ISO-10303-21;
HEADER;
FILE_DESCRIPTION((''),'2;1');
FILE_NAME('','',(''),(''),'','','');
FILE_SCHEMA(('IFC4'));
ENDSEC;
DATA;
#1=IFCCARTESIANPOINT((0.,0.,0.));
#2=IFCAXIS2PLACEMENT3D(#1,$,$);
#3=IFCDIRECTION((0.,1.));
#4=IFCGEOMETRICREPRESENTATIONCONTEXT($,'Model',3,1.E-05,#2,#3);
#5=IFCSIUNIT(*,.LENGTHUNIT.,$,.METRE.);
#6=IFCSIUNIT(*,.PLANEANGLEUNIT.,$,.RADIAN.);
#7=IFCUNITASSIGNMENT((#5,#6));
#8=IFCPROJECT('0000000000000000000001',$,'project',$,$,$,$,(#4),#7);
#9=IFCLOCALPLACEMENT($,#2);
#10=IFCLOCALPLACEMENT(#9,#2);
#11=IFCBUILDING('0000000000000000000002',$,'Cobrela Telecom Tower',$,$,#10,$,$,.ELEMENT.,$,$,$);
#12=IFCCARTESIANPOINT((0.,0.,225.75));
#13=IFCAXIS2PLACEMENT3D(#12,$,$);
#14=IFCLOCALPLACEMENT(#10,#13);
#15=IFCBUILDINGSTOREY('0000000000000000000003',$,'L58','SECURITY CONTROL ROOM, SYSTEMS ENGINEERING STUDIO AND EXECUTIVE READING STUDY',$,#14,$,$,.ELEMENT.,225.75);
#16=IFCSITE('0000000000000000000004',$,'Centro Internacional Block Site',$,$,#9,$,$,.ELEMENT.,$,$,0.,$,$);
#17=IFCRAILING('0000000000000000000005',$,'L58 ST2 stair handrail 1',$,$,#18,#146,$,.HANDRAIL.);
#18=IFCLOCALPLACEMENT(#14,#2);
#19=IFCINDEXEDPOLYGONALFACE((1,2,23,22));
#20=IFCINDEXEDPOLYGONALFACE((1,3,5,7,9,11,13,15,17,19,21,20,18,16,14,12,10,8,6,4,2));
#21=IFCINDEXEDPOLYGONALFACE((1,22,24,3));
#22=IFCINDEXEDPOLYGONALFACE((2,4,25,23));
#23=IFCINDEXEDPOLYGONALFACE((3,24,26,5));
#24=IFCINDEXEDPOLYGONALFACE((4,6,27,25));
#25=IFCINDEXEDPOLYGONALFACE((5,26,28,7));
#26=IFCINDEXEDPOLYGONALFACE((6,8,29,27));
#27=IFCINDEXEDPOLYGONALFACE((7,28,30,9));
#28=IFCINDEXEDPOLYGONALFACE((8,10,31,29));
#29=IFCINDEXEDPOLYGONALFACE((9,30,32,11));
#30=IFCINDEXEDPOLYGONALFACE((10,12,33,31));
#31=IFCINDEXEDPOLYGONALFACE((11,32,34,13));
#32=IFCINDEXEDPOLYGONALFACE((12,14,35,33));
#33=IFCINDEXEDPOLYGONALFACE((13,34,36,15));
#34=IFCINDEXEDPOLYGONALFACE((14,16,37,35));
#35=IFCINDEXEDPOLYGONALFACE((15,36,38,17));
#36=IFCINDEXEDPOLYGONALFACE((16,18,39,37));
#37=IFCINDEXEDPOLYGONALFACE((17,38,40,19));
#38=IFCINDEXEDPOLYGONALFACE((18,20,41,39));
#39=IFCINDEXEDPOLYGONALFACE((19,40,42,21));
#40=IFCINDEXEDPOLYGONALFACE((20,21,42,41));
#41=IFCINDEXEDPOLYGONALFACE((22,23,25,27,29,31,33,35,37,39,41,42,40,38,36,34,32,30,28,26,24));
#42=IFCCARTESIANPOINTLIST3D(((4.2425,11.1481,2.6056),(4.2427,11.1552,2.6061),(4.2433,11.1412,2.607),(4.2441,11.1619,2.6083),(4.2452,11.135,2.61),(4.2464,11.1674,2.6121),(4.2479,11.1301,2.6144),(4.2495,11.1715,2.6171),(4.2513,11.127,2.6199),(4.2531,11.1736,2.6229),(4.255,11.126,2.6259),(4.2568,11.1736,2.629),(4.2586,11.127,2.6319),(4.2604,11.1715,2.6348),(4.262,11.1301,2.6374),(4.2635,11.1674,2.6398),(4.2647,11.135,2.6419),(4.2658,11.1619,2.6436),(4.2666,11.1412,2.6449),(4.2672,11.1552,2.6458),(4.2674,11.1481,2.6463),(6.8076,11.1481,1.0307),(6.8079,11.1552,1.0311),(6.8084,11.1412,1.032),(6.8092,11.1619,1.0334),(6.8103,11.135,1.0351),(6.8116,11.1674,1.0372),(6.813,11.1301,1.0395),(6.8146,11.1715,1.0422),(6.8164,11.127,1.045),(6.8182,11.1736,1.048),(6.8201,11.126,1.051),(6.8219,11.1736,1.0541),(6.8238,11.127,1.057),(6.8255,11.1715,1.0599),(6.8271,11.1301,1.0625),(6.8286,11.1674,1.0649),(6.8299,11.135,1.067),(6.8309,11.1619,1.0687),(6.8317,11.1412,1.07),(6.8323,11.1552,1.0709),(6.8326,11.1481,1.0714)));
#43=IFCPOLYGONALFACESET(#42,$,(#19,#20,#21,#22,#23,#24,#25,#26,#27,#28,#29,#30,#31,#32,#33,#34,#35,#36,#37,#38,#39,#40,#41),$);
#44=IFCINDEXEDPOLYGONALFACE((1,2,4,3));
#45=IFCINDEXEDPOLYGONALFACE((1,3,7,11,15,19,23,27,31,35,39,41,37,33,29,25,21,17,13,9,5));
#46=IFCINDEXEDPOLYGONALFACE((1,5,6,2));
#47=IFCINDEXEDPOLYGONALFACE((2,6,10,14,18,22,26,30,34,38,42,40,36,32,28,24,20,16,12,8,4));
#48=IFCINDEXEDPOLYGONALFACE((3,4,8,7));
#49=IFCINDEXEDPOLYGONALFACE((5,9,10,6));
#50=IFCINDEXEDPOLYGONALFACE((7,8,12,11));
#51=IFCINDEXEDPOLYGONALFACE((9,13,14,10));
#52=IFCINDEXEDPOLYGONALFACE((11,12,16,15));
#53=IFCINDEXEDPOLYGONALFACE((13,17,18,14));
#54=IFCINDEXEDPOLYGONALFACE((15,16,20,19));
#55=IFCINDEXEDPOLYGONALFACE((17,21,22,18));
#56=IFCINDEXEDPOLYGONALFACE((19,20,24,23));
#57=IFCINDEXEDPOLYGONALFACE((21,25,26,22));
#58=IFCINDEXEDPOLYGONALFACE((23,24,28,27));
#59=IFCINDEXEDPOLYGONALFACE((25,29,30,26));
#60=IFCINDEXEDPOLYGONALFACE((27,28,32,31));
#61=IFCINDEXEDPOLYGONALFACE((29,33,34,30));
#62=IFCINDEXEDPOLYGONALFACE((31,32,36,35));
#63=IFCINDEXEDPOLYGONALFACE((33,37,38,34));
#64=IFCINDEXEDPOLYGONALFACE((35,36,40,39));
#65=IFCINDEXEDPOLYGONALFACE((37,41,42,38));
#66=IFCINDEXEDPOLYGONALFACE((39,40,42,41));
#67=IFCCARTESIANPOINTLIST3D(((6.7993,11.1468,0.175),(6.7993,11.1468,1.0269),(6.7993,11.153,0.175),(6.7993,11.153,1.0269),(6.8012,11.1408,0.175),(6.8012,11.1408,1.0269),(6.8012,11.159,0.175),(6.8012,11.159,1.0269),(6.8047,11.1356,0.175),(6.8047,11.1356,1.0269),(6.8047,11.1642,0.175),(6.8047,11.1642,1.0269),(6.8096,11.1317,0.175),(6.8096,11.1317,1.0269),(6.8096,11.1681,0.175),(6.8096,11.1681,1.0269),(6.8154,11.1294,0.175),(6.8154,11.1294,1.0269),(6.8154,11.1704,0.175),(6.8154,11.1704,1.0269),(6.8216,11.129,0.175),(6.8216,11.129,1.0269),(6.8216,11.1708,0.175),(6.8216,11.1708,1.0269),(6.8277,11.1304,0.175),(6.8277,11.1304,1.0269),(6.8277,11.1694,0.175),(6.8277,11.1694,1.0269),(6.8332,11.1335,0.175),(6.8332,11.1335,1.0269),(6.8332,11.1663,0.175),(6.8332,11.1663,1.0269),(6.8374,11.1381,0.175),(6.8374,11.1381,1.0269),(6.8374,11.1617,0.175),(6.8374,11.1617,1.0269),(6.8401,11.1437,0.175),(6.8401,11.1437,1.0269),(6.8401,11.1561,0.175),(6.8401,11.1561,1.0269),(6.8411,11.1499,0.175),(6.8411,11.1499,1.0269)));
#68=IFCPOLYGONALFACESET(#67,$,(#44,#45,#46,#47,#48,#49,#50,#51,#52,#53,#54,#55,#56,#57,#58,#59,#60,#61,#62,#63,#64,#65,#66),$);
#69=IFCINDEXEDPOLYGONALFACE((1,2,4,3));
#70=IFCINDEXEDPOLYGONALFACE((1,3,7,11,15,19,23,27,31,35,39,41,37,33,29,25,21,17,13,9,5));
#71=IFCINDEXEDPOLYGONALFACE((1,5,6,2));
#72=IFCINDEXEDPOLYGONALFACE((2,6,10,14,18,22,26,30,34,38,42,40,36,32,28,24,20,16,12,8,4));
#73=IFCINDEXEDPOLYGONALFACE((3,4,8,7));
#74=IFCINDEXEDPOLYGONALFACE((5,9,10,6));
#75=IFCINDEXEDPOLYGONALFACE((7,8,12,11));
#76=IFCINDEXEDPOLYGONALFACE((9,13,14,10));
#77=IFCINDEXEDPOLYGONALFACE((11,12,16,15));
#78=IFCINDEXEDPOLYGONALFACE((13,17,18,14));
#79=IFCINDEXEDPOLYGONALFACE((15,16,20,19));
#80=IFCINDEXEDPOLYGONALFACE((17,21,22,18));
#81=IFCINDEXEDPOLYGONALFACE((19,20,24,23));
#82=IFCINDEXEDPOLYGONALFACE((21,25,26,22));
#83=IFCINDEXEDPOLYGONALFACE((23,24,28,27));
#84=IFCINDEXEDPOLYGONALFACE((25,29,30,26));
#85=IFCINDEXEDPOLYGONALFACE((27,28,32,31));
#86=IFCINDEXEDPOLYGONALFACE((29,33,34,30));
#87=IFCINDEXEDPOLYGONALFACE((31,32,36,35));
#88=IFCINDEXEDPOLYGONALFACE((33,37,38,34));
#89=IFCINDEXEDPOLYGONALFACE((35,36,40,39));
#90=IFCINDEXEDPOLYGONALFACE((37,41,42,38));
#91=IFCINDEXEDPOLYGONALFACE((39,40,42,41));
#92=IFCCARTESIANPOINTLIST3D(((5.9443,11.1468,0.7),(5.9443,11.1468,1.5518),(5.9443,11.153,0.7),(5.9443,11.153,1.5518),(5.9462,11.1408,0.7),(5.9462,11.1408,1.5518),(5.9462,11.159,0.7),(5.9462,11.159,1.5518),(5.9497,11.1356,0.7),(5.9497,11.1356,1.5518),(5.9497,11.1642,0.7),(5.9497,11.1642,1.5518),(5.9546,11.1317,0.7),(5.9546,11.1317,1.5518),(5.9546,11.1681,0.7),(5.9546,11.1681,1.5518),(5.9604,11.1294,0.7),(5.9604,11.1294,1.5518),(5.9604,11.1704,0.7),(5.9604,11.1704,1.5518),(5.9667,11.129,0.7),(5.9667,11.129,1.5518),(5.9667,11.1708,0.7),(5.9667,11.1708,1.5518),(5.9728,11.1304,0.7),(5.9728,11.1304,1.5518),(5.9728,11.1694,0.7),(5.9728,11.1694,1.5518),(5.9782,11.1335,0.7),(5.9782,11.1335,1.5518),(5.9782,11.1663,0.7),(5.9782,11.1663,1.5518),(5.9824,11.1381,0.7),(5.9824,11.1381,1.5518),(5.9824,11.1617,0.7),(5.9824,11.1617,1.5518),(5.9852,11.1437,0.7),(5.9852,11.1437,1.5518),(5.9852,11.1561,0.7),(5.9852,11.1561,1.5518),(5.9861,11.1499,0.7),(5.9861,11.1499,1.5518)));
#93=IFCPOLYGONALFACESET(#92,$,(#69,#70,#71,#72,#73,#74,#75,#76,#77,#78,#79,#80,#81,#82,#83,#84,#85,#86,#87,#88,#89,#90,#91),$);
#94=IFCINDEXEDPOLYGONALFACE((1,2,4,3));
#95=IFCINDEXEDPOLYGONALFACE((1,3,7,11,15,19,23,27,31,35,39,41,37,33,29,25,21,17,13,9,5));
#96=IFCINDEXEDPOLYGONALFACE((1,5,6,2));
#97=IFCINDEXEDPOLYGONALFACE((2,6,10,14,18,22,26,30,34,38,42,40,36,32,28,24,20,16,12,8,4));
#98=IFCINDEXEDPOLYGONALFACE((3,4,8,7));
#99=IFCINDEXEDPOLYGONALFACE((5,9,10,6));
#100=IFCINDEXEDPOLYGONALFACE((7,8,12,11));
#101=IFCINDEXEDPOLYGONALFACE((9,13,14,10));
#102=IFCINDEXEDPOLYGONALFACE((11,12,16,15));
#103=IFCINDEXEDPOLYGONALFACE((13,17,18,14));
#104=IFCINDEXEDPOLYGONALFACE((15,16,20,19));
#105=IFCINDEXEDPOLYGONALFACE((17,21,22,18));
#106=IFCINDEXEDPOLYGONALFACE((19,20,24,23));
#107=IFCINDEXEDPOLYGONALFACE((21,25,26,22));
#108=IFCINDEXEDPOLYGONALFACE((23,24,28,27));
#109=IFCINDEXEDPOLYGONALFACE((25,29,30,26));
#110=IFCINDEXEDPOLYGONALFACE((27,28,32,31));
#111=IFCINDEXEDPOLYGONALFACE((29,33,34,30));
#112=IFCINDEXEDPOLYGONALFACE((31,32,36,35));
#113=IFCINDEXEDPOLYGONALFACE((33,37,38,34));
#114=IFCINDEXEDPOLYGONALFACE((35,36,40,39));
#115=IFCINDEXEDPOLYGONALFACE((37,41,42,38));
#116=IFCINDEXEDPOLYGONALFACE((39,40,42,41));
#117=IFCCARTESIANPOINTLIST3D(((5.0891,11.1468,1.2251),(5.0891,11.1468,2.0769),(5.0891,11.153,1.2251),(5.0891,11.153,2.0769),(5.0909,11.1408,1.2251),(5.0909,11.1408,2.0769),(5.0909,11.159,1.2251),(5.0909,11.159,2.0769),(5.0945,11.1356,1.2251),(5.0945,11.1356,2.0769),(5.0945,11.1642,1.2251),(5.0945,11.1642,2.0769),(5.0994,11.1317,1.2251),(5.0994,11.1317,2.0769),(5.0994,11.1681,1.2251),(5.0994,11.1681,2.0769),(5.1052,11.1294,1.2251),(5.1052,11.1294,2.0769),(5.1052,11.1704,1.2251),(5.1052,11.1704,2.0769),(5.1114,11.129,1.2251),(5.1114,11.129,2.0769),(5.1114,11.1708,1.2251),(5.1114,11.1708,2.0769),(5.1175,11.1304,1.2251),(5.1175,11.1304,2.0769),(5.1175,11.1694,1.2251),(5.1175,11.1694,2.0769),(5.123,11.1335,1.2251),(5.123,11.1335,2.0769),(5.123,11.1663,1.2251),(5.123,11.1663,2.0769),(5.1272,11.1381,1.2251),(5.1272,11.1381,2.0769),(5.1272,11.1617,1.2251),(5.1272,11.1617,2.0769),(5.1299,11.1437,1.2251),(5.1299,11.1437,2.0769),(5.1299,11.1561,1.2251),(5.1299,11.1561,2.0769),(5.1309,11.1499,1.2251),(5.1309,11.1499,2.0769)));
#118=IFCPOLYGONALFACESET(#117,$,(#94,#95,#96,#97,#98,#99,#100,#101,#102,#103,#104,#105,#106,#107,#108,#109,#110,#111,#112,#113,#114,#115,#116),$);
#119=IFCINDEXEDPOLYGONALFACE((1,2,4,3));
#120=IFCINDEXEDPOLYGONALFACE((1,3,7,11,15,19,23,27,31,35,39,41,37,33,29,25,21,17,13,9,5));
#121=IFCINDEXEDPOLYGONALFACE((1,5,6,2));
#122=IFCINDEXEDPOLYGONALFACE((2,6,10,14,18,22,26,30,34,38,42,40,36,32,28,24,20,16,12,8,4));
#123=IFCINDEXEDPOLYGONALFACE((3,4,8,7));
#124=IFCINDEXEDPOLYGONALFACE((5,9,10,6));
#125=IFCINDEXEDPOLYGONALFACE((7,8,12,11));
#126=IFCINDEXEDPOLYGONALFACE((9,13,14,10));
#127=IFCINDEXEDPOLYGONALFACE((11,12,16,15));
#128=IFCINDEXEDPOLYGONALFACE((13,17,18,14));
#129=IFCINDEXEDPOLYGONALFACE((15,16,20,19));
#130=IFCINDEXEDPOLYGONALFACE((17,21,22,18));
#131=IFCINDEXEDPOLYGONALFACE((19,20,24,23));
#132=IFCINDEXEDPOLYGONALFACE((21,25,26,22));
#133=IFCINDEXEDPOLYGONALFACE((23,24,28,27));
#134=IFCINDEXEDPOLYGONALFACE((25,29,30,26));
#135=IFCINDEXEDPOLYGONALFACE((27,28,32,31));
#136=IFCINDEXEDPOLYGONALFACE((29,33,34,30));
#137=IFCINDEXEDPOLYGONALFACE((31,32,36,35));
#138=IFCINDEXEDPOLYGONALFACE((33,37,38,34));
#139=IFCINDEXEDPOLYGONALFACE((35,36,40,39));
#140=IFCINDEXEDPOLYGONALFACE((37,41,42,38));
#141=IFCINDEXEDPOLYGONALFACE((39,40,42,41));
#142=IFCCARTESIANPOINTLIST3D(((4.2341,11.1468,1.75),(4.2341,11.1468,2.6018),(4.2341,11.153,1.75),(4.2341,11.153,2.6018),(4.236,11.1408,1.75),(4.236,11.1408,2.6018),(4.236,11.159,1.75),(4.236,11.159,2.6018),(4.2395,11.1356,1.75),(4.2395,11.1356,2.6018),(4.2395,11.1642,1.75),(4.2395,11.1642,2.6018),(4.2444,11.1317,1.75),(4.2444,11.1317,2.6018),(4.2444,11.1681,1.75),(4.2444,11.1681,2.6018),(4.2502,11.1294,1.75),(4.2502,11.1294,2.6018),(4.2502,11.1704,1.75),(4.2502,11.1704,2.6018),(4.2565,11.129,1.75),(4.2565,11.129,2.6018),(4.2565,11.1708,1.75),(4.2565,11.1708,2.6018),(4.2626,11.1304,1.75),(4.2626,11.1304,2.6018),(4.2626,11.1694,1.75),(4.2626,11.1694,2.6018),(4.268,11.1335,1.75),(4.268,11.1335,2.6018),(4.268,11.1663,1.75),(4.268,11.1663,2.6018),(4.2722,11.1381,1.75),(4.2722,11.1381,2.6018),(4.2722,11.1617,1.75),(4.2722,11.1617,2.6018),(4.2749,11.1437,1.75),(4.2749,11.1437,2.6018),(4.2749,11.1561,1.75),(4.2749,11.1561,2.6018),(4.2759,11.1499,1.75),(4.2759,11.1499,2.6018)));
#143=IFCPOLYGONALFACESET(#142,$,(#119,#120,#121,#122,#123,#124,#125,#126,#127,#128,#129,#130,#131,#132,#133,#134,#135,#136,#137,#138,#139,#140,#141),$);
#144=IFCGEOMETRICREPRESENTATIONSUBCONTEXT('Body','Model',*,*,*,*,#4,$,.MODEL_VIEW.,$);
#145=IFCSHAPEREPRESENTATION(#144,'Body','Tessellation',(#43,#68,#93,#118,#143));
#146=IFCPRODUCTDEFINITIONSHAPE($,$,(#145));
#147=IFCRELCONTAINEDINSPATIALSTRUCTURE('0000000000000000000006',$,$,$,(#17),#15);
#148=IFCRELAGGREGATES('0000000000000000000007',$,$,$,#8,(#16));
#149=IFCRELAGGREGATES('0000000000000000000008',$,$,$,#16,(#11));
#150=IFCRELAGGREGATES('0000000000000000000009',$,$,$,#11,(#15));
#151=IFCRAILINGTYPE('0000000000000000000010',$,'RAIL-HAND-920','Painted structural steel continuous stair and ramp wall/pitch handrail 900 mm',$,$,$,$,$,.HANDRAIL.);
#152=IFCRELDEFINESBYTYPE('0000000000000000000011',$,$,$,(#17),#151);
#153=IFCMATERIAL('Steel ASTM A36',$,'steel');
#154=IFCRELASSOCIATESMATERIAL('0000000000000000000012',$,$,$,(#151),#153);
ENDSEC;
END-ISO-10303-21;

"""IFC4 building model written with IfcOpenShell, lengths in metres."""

from ifc_helpers import new_model, si_unit, direction, frame, origin, origin_2d, place, context, subcontext, project, spatial, circle, extrude, material, type_object, element, save


model = new_model("IFC4")

# Units and contexts
model_context = context("Model", 3, precision=1e-05, world=origin(), true_north=direction((0.0, 1.0)))
body_context = subcontext(model_context, "Body", "Model", "MODEL_VIEW")
ifc_project = project(units=[si_unit("LENGTHUNIT", "METRE"), si_unit("PLANEANGLEUNIT", "RADIAN")], contexts=[model_context])

# Site, building, storey
site_placement = place(None, origin())
site = spatial("IfcSite", under=ifc_project, at=site_placement, Name="Centro Internacional Block Site", CompositionType="ELEMENT", RefElevation=0.0)
building_placement = place(site_placement, origin())
building = spatial("IfcBuilding", under=site, at=building_placement, Name="Cobrela Telecom Tower", CompositionType="ELEMENT")
storey_placement = place(building_placement, frame((0.0, 0.0, 225.75)))
storey = spatial("IfcBuildingStorey", under=building, at=storey_placement, Name="L58", Description="SECURITY CONTROL ROOM, SYSTEMS ENGINEERING STUDIO AND EXECUTIVE READING STUDY", CompositionType="ELEMENT", Elevation=225.75)

# Railing
ifc_material_1 = material(Name="Steel ASTM A36", Category="steel")
railing_type_1 = type_object("IfcRailingType", Name="RAIL-HAND-920", Description="Painted structural steel continuous stair and ramp wall/pitch handrail 900 mm", PredefinedType="HANDRAIL", material=ifc_material_1)
railing_1_placement = place(storey_placement, frame((6.8201, 11.1499, 0.175)))
element("IfcRailing", 1, at=railing_1_placement, inside=storey, type_object=railing_type_1, Name="L58 ST2 stair handrail 1", PredefinedType="HANDRAIL", context=body_context, shape_type="SweptSolid", body=[
    extrude(circle(Radius=0.0239, at=origin_2d()), frame((0.0, 0.0, 0.876), z_axis=(-0.852195, 0.0, 0.523224), x_axis=(0.0, -1.0, 0.0)), (0.0, 0.0, 1.0), 3.01),
    extrude(circle(Radius=0.021, at=origin_2d()), origin(), (0.0, 0.0, 1.0), 0.8518),
    extrude(circle(Radius=0.021, at=origin_2d()), frame((-0.855, 0.0, 0.5249)), (0.0, 0.0, 1.0), 0.8518),
    extrude(circle(Radius=0.021, at=origin_2d()), frame((-1.7102, 0.0, 1.05)), (0.0, 0.0, 1.0), 0.8518),
    extrude(circle(Radius=0.021, at=origin_2d()), frame((-2.5652, 0.0, 1.575)), (0.0, 0.0, 1.0), 0.8518),
])

save(model, "model.ifc")
